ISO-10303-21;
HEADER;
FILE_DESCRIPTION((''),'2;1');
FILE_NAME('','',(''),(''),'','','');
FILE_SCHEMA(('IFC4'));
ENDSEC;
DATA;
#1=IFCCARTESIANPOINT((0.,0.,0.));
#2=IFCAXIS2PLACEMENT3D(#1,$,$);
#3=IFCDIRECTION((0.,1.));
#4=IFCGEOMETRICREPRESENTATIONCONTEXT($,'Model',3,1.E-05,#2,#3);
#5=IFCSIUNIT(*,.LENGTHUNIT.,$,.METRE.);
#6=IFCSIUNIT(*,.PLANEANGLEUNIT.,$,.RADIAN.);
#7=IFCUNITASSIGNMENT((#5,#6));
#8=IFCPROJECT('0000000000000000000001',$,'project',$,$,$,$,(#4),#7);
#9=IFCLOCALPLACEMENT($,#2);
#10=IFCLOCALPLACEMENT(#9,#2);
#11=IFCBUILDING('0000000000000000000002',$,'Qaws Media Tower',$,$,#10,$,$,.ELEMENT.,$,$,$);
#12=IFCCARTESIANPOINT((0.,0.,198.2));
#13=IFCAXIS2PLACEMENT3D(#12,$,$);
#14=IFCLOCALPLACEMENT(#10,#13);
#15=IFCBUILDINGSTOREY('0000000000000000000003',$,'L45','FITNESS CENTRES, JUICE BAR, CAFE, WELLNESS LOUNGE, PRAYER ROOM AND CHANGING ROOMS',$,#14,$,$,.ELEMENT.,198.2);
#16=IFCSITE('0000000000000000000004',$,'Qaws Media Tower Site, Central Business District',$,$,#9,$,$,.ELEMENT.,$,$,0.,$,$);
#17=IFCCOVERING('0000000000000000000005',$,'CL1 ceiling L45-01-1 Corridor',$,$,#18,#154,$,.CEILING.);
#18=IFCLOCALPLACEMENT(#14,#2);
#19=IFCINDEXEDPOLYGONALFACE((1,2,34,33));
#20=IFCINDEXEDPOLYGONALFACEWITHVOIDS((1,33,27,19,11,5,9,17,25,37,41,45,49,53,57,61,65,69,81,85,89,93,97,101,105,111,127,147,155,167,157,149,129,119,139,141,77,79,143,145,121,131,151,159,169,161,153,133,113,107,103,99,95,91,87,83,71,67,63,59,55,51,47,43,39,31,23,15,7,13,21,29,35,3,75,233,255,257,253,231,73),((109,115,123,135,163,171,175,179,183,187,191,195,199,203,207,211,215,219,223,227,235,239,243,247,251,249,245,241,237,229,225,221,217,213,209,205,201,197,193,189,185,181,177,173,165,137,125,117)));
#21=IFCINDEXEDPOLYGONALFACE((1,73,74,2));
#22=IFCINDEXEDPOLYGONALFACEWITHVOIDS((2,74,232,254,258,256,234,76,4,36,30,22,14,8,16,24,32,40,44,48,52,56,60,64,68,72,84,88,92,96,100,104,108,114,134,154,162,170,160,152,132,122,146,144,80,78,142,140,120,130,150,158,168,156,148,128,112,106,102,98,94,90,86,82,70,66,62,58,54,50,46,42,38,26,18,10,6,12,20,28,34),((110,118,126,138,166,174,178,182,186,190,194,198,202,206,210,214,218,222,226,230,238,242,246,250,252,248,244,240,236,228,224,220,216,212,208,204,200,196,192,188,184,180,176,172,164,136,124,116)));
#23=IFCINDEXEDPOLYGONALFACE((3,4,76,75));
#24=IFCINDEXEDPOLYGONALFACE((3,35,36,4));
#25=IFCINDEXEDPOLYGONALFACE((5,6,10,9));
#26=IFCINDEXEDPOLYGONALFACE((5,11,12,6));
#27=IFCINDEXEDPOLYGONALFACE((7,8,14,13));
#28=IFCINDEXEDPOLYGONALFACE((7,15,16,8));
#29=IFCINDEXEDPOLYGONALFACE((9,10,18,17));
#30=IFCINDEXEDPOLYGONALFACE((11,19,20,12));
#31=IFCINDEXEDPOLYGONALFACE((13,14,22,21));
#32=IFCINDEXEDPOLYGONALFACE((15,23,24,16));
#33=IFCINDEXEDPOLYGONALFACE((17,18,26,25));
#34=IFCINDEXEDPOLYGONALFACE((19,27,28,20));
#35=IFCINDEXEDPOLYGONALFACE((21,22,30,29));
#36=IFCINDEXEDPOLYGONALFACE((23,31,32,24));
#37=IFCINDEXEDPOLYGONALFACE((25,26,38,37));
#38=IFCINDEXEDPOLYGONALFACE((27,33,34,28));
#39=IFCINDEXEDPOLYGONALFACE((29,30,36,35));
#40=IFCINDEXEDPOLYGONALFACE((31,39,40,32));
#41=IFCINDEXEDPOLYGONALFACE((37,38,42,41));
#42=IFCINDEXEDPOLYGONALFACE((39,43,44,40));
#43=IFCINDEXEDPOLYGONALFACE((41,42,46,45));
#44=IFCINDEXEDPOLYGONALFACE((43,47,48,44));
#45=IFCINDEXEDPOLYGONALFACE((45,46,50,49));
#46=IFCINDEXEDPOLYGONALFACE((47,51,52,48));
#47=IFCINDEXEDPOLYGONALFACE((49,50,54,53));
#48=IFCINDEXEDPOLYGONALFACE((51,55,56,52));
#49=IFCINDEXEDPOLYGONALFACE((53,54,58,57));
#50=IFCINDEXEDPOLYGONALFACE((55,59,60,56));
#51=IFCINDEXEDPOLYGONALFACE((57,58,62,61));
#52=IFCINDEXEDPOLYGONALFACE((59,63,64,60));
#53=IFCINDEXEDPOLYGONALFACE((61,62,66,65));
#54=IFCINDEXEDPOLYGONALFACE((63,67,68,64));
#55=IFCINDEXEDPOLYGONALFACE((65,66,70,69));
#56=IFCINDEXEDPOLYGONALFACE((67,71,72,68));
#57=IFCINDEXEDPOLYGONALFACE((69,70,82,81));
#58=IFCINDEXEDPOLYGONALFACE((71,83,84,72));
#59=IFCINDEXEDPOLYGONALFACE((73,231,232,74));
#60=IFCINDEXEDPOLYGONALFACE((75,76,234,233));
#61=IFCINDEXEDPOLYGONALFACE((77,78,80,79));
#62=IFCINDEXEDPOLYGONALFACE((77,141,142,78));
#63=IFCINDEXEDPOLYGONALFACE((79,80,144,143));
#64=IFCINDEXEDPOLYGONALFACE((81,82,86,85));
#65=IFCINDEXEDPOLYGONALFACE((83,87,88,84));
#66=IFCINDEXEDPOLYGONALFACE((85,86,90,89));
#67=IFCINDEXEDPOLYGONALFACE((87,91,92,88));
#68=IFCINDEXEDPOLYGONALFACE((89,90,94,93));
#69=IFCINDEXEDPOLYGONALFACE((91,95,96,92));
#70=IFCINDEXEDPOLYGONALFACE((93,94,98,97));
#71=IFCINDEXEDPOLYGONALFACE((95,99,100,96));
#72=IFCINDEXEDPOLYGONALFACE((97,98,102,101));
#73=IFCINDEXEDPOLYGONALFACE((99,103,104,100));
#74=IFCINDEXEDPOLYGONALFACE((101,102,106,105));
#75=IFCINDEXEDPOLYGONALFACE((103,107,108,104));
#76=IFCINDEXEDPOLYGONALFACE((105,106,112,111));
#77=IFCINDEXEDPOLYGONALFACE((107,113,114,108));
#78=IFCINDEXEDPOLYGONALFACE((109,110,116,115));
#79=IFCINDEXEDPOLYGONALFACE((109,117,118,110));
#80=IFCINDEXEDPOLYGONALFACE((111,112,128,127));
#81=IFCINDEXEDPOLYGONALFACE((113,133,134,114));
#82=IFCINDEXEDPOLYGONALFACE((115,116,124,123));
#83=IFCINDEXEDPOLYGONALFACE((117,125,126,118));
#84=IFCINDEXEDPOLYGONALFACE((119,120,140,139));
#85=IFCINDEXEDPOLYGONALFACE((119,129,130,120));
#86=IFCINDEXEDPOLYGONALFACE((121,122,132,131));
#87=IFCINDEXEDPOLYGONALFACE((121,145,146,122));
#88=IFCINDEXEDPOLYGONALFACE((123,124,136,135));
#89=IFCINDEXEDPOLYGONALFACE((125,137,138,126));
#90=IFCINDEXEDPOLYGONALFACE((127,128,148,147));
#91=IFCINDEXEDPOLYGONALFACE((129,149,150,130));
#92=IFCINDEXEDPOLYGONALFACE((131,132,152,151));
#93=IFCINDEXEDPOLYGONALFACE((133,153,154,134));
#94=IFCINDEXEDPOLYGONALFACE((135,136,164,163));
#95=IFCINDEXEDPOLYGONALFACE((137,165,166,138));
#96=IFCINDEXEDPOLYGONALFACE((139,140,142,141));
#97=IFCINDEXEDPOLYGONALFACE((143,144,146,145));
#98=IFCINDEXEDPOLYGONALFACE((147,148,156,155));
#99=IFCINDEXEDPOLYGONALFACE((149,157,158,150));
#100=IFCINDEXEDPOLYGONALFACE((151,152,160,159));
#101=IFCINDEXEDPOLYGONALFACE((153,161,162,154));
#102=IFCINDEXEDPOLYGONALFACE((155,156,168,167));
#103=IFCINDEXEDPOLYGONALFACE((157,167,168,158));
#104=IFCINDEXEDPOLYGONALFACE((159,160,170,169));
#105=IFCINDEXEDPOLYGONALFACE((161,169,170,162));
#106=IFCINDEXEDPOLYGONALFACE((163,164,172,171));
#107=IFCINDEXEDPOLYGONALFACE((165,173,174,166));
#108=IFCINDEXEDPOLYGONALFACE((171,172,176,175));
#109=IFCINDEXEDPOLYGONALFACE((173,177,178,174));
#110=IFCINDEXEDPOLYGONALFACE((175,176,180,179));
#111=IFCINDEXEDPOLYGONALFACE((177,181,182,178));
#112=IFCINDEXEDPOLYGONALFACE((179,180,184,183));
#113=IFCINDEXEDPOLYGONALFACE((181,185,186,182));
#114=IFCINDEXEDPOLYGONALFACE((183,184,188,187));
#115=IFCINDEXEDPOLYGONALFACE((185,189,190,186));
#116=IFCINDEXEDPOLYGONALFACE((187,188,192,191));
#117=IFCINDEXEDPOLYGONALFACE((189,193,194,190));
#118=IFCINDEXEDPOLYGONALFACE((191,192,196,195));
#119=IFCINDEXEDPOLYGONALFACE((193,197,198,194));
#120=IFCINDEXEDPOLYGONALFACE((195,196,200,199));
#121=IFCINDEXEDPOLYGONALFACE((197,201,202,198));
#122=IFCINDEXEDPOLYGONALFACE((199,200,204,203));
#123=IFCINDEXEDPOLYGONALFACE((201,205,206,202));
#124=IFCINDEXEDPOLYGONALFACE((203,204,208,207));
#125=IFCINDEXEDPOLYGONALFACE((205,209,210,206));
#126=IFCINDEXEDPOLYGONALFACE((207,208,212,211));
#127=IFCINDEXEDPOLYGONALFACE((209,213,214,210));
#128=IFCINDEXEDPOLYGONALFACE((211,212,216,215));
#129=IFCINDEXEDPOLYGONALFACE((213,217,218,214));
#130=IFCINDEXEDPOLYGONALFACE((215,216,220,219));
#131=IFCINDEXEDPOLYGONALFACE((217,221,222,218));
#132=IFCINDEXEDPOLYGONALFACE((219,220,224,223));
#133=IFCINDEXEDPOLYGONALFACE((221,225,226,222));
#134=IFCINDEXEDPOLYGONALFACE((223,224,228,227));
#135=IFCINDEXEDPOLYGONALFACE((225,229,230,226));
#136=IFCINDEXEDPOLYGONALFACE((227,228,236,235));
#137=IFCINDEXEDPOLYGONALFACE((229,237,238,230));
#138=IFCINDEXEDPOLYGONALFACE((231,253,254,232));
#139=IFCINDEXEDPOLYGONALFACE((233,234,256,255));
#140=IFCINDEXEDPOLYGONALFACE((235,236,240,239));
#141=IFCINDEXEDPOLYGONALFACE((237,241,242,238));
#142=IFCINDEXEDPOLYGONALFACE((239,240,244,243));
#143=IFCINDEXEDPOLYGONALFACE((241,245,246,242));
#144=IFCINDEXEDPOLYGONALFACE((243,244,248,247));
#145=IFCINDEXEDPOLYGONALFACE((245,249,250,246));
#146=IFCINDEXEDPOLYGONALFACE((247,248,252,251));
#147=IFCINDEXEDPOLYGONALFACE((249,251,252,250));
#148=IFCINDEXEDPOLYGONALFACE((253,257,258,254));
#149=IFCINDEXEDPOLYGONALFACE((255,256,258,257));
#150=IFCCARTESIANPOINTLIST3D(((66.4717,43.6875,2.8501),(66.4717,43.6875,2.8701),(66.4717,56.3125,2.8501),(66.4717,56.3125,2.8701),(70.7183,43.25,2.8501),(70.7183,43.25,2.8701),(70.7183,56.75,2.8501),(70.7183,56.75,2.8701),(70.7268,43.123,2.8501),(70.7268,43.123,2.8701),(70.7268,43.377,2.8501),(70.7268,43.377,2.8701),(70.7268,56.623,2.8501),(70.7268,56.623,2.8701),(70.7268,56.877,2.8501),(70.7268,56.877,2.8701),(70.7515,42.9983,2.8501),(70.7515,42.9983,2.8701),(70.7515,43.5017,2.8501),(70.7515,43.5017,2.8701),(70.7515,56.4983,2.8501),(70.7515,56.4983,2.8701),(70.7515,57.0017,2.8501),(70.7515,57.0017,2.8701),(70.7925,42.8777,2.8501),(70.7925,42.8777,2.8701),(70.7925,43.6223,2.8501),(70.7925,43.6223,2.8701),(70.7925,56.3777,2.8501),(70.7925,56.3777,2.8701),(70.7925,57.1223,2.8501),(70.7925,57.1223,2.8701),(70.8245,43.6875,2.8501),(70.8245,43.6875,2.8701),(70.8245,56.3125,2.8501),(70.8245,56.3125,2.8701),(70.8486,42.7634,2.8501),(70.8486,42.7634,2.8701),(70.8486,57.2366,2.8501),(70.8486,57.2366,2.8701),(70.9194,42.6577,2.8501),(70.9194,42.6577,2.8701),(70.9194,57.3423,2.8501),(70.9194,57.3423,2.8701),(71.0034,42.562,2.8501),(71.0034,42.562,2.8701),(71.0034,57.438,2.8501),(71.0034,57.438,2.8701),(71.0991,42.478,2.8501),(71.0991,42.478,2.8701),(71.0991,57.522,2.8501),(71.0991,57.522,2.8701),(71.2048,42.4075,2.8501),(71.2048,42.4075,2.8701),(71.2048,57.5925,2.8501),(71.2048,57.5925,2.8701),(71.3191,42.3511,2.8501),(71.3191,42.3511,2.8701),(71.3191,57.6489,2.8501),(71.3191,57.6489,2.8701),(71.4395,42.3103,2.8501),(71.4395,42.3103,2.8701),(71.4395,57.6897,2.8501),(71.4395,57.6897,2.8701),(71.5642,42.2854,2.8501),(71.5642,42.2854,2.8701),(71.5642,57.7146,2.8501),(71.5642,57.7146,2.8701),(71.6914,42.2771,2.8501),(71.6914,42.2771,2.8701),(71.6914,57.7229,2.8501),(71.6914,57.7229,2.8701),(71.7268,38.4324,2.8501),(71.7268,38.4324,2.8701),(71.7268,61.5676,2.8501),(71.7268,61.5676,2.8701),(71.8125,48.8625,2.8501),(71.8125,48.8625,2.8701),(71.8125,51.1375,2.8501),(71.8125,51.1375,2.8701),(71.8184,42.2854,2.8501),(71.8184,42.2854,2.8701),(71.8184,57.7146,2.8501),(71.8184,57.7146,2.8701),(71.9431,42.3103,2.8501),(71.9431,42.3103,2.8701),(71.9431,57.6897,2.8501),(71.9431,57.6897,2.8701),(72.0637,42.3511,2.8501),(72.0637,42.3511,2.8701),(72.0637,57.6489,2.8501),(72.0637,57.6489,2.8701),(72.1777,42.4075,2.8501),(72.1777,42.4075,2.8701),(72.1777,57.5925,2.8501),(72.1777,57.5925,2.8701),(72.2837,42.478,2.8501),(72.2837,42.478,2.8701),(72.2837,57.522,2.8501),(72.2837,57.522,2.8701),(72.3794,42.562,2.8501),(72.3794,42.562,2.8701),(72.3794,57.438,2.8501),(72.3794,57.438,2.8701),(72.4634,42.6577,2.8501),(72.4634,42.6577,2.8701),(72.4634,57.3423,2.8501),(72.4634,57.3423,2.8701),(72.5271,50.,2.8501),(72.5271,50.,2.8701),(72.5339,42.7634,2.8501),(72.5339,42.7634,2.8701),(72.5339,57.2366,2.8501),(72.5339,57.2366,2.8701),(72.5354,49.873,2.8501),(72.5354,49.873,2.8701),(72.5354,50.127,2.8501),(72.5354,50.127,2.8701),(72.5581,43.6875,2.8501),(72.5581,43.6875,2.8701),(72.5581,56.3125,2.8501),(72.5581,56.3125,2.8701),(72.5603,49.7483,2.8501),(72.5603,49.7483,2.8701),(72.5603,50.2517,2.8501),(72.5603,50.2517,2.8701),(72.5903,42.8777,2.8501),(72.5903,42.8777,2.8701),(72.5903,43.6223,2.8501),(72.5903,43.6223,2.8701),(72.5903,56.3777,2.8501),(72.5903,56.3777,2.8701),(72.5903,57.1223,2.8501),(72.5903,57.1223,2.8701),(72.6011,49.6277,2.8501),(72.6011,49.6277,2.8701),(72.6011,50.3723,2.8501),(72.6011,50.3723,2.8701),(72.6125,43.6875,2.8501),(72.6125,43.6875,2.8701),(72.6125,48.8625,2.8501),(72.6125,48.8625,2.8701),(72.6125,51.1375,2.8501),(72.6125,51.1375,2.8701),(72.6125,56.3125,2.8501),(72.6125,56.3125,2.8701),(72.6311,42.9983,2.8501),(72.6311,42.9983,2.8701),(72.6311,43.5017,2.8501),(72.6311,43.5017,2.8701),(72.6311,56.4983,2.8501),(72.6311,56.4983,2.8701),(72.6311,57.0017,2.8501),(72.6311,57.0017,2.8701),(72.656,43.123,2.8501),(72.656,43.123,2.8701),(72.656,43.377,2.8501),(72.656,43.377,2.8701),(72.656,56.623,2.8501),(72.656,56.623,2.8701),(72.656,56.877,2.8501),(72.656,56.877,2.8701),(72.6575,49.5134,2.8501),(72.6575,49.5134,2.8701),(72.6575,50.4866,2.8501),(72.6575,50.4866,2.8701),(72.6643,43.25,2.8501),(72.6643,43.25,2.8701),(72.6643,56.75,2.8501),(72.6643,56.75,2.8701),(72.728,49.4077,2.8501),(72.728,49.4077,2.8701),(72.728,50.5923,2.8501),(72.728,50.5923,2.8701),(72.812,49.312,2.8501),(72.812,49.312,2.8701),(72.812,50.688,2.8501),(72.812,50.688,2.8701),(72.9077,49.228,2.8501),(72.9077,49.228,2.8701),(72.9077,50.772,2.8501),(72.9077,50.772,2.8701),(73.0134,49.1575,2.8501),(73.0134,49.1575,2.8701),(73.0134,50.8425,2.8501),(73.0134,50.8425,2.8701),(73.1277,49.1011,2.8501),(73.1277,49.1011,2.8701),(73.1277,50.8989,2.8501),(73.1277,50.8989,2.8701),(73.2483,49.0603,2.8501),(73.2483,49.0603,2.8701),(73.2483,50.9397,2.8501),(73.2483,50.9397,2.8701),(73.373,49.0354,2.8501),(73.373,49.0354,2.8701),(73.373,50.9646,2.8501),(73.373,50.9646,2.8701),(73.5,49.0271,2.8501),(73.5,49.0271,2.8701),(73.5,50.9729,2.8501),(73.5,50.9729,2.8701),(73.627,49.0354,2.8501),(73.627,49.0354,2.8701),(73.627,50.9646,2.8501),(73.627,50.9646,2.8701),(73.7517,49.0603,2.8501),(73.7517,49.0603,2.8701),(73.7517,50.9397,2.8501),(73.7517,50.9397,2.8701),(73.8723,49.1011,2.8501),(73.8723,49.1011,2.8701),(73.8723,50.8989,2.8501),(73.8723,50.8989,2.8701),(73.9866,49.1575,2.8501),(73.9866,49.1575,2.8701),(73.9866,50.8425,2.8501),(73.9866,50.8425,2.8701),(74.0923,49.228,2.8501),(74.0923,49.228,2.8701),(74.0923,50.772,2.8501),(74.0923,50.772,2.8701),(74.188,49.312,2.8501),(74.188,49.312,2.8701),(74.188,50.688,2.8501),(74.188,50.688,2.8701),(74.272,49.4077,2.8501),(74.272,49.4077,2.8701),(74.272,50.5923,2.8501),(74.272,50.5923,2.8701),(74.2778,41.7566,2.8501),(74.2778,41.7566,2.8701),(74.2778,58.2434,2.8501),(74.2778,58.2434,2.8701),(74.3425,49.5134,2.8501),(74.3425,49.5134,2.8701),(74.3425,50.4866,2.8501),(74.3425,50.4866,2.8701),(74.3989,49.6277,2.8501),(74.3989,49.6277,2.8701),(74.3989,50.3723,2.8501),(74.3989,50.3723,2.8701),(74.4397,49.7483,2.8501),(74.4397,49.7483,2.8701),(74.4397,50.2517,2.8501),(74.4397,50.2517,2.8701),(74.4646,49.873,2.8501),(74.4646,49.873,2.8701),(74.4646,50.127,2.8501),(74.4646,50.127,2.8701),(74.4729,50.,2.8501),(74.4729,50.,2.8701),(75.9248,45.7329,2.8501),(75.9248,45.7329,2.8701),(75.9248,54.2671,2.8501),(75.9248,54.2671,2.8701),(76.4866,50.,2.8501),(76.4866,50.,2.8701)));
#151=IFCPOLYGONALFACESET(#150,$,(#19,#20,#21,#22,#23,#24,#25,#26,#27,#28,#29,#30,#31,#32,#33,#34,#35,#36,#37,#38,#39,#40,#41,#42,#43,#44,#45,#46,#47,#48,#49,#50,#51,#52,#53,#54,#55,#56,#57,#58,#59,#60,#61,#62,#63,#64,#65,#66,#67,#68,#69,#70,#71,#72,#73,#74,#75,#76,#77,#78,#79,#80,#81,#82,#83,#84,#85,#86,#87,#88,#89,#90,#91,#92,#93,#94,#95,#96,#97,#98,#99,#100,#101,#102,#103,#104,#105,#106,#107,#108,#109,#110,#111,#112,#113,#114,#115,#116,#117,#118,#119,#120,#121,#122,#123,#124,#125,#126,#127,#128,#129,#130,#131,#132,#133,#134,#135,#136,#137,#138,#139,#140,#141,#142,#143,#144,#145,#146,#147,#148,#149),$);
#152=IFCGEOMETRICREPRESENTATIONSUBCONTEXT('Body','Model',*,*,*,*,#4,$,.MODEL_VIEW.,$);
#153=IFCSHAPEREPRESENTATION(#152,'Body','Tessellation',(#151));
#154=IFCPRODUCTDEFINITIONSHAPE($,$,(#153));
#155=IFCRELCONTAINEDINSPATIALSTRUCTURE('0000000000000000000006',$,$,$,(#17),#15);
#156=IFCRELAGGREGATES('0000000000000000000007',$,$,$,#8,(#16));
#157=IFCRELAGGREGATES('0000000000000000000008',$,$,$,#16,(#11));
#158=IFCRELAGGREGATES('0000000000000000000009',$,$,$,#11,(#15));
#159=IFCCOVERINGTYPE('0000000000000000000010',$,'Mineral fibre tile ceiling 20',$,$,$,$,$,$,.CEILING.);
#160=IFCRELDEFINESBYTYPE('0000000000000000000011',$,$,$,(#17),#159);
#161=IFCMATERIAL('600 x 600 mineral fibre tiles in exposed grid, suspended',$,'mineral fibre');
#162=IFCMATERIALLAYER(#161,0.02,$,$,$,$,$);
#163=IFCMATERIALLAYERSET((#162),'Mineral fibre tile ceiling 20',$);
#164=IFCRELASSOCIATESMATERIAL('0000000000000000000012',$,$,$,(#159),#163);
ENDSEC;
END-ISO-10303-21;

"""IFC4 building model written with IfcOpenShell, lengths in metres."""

from ifc_helpers import new_model, si_unit, direction, frame, origin, place, context, subcontext, project, spatial, polyline, outline, extrude, material, layer, layer_set, type_object, element, save


model = new_model("IFC4")

# Units and contexts
model_context = context("Model", 3, precision=1e-05, world=origin(), true_north=direction((0.0, 1.0)))
body_context = subcontext(model_context, "Body", "Model", "MODEL_VIEW")
ifc_project = project(units=[si_unit("LENGTHUNIT", "METRE"), si_unit("PLANEANGLEUNIT", "RADIAN")], contexts=[model_context])

# Site, building, storey
site_placement = place(None, origin())
site = spatial("IfcSite", under=ifc_project, at=site_placement, Name="Qaws Media Tower Site, Central Business District", CompositionType="ELEMENT", RefElevation=0.0)
building_placement = place(site_placement, origin())
building = spatial("IfcBuilding", under=site, at=building_placement, Name="Qaws Media Tower", CompositionType="ELEMENT")
storey_placement = place(building_placement, frame((0.0, 0.0, 198.2)))
storey = spatial("IfcBuildingStorey", under=building, at=storey_placement, Name="L45", Description="FITNESS CENTRES, JUICE BAR, CAFE, WELLNESS LOUNGE, PRAYER ROOM AND CHANGING ROOMS", CompositionType="ELEMENT", Elevation=198.2)

# Covering
ifc_material_1 = material(Name="600 x 600 mineral fibre tiles in exposed grid, suspended", Category="mineral fibre")
ifc_layer_1 = layer(ifc_material_1, 0.02)
ifc_layer_set_1 = layer_set([ifc_layer_1], Name="Mineral fibre tile ceiling 20")
covering_type_1 = type_object("IfcCoveringType", Name="Mineral fibre tile ceiling 20", PredefinedType="CEILING", material=ifc_layer_set_1)
covering_1_placement = place(storey_placement, frame((0.0, 0.0, 2.8501)))
element("IfcCovering", 1, at=covering_1_placement, inside=storey, type_object=covering_type_1, Name="CL1 ceiling L45-01-1 Corridor", PredefinedType="CEILING", context=body_context, shape_type="SweptSolid", body=[
    extrude(outline(polyline([(74.2778, 58.2434), (75.9248, 54.2671), (76.4866, 50.0), (75.9248, 45.7329), (74.2778, 41.7566), (71.7268, 38.4324), (66.4717, 43.6875), (70.8245, 43.6875), (70.7925, 43.6223), (70.7515, 43.5017), (70.7268, 43.377), (70.7183, 43.25), (70.7268, 43.123), (70.7515, 42.9983), (70.7925, 42.8777), (70.8486, 42.7634), (70.9194, 42.6577), (71.0034, 42.562), (71.0991, 42.478), (71.2048, 42.4075), (71.3191, 42.3511), (71.4395, 42.3103), (71.5642, 42.2854), (71.6914, 42.2771), (71.8184, 42.2854), (71.9431, 42.3103), (72.0637, 42.3511), (72.1777, 42.4075), (72.2837, 42.478), (72.3794, 42.562), (72.4634, 42.6577), (72.5339, 42.7634), (72.5903, 42.8777), (72.6311, 42.9983), (72.656, 43.123), (72.6643, 43.25), (72.656, 43.377), (72.6311, 43.5017), (72.5903, 43.6223), (72.5581, 43.6875), (72.6125, 43.6875), (72.6125, 48.8625), (71.8125, 48.8625), (71.8125, 51.1375), (72.6125, 51.1375), (72.6125, 56.3125), (72.5581, 56.3125), (72.5903, 56.3777), (72.6311, 56.4983), (72.656, 56.623), (72.6643, 56.75), (72.656, 56.877), (72.6311, 57.0017), (72.5903, 57.1223), (72.5339, 57.2366), (72.4634, 57.3423), (72.3794, 57.438), (72.2837, 57.522), (72.1777, 57.5925), (72.0637, 57.6489), (71.9431, 57.6897), (71.8184, 57.7146), (71.6914, 57.7229), (71.5642, 57.7146), (71.4395, 57.6897), (71.3191, 57.6489), (71.2048, 57.5925), (71.0991, 57.522), (71.0034, 57.438), (70.9194, 57.3423), (70.8486, 57.2366), (70.7925, 57.1223), (70.7515, 57.0017), (70.7268, 56.877), (70.7183, 56.75), (70.7268, 56.623), (70.7515, 56.4983), (70.7925, 56.3777), (70.8245, 56.3125), (66.4717, 56.3125), (71.7268, 61.5676), (74.2778, 58.2434)]), holes=[polyline([(74.4397, 49.7483), (74.4646, 49.873), (74.4729, 50.0), (74.4646, 50.127), (74.4397, 50.2517), (74.3989, 50.3723), (74.3425, 50.4866), (74.272, 50.5923), (74.188, 50.688), (74.0923, 50.772), (73.9866, 50.8425), (73.8723, 50.8989), (73.7517, 50.9397), (73.627, 50.9646), (73.5, 50.9729), (73.373, 50.9646), (73.2483, 50.9397), (73.1277, 50.8989), (73.0134, 50.8425), (72.9077, 50.772), (72.812, 50.688), (72.728, 50.5923), (72.6575, 50.4866), (72.6011, 50.3723), (72.5603, 50.2517), (72.5354, 50.127), (72.5271, 50.0), (72.5354, 49.873), (72.5603, 49.7483), (72.6011, 49.6277), (72.6575, 49.5134), (72.728, 49.4077), (72.812, 49.312), (72.9077, 49.228), (73.0134, 49.1575), (73.1277, 49.1011), (73.2483, 49.0603), (73.373, 49.0354), (73.5, 49.0271), (73.627, 49.0354), (73.7517, 49.0603), (73.8723, 49.1011), (73.9866, 49.1575), (74.0923, 49.228), (74.188, 49.312), (74.272, 49.4077), (74.3425, 49.5134), (74.3989, 49.6277), (74.4397, 49.7483)])]), origin(), (0.0, 0.0, 1.0), 0.02),
])

save(model, "model.ifc")
